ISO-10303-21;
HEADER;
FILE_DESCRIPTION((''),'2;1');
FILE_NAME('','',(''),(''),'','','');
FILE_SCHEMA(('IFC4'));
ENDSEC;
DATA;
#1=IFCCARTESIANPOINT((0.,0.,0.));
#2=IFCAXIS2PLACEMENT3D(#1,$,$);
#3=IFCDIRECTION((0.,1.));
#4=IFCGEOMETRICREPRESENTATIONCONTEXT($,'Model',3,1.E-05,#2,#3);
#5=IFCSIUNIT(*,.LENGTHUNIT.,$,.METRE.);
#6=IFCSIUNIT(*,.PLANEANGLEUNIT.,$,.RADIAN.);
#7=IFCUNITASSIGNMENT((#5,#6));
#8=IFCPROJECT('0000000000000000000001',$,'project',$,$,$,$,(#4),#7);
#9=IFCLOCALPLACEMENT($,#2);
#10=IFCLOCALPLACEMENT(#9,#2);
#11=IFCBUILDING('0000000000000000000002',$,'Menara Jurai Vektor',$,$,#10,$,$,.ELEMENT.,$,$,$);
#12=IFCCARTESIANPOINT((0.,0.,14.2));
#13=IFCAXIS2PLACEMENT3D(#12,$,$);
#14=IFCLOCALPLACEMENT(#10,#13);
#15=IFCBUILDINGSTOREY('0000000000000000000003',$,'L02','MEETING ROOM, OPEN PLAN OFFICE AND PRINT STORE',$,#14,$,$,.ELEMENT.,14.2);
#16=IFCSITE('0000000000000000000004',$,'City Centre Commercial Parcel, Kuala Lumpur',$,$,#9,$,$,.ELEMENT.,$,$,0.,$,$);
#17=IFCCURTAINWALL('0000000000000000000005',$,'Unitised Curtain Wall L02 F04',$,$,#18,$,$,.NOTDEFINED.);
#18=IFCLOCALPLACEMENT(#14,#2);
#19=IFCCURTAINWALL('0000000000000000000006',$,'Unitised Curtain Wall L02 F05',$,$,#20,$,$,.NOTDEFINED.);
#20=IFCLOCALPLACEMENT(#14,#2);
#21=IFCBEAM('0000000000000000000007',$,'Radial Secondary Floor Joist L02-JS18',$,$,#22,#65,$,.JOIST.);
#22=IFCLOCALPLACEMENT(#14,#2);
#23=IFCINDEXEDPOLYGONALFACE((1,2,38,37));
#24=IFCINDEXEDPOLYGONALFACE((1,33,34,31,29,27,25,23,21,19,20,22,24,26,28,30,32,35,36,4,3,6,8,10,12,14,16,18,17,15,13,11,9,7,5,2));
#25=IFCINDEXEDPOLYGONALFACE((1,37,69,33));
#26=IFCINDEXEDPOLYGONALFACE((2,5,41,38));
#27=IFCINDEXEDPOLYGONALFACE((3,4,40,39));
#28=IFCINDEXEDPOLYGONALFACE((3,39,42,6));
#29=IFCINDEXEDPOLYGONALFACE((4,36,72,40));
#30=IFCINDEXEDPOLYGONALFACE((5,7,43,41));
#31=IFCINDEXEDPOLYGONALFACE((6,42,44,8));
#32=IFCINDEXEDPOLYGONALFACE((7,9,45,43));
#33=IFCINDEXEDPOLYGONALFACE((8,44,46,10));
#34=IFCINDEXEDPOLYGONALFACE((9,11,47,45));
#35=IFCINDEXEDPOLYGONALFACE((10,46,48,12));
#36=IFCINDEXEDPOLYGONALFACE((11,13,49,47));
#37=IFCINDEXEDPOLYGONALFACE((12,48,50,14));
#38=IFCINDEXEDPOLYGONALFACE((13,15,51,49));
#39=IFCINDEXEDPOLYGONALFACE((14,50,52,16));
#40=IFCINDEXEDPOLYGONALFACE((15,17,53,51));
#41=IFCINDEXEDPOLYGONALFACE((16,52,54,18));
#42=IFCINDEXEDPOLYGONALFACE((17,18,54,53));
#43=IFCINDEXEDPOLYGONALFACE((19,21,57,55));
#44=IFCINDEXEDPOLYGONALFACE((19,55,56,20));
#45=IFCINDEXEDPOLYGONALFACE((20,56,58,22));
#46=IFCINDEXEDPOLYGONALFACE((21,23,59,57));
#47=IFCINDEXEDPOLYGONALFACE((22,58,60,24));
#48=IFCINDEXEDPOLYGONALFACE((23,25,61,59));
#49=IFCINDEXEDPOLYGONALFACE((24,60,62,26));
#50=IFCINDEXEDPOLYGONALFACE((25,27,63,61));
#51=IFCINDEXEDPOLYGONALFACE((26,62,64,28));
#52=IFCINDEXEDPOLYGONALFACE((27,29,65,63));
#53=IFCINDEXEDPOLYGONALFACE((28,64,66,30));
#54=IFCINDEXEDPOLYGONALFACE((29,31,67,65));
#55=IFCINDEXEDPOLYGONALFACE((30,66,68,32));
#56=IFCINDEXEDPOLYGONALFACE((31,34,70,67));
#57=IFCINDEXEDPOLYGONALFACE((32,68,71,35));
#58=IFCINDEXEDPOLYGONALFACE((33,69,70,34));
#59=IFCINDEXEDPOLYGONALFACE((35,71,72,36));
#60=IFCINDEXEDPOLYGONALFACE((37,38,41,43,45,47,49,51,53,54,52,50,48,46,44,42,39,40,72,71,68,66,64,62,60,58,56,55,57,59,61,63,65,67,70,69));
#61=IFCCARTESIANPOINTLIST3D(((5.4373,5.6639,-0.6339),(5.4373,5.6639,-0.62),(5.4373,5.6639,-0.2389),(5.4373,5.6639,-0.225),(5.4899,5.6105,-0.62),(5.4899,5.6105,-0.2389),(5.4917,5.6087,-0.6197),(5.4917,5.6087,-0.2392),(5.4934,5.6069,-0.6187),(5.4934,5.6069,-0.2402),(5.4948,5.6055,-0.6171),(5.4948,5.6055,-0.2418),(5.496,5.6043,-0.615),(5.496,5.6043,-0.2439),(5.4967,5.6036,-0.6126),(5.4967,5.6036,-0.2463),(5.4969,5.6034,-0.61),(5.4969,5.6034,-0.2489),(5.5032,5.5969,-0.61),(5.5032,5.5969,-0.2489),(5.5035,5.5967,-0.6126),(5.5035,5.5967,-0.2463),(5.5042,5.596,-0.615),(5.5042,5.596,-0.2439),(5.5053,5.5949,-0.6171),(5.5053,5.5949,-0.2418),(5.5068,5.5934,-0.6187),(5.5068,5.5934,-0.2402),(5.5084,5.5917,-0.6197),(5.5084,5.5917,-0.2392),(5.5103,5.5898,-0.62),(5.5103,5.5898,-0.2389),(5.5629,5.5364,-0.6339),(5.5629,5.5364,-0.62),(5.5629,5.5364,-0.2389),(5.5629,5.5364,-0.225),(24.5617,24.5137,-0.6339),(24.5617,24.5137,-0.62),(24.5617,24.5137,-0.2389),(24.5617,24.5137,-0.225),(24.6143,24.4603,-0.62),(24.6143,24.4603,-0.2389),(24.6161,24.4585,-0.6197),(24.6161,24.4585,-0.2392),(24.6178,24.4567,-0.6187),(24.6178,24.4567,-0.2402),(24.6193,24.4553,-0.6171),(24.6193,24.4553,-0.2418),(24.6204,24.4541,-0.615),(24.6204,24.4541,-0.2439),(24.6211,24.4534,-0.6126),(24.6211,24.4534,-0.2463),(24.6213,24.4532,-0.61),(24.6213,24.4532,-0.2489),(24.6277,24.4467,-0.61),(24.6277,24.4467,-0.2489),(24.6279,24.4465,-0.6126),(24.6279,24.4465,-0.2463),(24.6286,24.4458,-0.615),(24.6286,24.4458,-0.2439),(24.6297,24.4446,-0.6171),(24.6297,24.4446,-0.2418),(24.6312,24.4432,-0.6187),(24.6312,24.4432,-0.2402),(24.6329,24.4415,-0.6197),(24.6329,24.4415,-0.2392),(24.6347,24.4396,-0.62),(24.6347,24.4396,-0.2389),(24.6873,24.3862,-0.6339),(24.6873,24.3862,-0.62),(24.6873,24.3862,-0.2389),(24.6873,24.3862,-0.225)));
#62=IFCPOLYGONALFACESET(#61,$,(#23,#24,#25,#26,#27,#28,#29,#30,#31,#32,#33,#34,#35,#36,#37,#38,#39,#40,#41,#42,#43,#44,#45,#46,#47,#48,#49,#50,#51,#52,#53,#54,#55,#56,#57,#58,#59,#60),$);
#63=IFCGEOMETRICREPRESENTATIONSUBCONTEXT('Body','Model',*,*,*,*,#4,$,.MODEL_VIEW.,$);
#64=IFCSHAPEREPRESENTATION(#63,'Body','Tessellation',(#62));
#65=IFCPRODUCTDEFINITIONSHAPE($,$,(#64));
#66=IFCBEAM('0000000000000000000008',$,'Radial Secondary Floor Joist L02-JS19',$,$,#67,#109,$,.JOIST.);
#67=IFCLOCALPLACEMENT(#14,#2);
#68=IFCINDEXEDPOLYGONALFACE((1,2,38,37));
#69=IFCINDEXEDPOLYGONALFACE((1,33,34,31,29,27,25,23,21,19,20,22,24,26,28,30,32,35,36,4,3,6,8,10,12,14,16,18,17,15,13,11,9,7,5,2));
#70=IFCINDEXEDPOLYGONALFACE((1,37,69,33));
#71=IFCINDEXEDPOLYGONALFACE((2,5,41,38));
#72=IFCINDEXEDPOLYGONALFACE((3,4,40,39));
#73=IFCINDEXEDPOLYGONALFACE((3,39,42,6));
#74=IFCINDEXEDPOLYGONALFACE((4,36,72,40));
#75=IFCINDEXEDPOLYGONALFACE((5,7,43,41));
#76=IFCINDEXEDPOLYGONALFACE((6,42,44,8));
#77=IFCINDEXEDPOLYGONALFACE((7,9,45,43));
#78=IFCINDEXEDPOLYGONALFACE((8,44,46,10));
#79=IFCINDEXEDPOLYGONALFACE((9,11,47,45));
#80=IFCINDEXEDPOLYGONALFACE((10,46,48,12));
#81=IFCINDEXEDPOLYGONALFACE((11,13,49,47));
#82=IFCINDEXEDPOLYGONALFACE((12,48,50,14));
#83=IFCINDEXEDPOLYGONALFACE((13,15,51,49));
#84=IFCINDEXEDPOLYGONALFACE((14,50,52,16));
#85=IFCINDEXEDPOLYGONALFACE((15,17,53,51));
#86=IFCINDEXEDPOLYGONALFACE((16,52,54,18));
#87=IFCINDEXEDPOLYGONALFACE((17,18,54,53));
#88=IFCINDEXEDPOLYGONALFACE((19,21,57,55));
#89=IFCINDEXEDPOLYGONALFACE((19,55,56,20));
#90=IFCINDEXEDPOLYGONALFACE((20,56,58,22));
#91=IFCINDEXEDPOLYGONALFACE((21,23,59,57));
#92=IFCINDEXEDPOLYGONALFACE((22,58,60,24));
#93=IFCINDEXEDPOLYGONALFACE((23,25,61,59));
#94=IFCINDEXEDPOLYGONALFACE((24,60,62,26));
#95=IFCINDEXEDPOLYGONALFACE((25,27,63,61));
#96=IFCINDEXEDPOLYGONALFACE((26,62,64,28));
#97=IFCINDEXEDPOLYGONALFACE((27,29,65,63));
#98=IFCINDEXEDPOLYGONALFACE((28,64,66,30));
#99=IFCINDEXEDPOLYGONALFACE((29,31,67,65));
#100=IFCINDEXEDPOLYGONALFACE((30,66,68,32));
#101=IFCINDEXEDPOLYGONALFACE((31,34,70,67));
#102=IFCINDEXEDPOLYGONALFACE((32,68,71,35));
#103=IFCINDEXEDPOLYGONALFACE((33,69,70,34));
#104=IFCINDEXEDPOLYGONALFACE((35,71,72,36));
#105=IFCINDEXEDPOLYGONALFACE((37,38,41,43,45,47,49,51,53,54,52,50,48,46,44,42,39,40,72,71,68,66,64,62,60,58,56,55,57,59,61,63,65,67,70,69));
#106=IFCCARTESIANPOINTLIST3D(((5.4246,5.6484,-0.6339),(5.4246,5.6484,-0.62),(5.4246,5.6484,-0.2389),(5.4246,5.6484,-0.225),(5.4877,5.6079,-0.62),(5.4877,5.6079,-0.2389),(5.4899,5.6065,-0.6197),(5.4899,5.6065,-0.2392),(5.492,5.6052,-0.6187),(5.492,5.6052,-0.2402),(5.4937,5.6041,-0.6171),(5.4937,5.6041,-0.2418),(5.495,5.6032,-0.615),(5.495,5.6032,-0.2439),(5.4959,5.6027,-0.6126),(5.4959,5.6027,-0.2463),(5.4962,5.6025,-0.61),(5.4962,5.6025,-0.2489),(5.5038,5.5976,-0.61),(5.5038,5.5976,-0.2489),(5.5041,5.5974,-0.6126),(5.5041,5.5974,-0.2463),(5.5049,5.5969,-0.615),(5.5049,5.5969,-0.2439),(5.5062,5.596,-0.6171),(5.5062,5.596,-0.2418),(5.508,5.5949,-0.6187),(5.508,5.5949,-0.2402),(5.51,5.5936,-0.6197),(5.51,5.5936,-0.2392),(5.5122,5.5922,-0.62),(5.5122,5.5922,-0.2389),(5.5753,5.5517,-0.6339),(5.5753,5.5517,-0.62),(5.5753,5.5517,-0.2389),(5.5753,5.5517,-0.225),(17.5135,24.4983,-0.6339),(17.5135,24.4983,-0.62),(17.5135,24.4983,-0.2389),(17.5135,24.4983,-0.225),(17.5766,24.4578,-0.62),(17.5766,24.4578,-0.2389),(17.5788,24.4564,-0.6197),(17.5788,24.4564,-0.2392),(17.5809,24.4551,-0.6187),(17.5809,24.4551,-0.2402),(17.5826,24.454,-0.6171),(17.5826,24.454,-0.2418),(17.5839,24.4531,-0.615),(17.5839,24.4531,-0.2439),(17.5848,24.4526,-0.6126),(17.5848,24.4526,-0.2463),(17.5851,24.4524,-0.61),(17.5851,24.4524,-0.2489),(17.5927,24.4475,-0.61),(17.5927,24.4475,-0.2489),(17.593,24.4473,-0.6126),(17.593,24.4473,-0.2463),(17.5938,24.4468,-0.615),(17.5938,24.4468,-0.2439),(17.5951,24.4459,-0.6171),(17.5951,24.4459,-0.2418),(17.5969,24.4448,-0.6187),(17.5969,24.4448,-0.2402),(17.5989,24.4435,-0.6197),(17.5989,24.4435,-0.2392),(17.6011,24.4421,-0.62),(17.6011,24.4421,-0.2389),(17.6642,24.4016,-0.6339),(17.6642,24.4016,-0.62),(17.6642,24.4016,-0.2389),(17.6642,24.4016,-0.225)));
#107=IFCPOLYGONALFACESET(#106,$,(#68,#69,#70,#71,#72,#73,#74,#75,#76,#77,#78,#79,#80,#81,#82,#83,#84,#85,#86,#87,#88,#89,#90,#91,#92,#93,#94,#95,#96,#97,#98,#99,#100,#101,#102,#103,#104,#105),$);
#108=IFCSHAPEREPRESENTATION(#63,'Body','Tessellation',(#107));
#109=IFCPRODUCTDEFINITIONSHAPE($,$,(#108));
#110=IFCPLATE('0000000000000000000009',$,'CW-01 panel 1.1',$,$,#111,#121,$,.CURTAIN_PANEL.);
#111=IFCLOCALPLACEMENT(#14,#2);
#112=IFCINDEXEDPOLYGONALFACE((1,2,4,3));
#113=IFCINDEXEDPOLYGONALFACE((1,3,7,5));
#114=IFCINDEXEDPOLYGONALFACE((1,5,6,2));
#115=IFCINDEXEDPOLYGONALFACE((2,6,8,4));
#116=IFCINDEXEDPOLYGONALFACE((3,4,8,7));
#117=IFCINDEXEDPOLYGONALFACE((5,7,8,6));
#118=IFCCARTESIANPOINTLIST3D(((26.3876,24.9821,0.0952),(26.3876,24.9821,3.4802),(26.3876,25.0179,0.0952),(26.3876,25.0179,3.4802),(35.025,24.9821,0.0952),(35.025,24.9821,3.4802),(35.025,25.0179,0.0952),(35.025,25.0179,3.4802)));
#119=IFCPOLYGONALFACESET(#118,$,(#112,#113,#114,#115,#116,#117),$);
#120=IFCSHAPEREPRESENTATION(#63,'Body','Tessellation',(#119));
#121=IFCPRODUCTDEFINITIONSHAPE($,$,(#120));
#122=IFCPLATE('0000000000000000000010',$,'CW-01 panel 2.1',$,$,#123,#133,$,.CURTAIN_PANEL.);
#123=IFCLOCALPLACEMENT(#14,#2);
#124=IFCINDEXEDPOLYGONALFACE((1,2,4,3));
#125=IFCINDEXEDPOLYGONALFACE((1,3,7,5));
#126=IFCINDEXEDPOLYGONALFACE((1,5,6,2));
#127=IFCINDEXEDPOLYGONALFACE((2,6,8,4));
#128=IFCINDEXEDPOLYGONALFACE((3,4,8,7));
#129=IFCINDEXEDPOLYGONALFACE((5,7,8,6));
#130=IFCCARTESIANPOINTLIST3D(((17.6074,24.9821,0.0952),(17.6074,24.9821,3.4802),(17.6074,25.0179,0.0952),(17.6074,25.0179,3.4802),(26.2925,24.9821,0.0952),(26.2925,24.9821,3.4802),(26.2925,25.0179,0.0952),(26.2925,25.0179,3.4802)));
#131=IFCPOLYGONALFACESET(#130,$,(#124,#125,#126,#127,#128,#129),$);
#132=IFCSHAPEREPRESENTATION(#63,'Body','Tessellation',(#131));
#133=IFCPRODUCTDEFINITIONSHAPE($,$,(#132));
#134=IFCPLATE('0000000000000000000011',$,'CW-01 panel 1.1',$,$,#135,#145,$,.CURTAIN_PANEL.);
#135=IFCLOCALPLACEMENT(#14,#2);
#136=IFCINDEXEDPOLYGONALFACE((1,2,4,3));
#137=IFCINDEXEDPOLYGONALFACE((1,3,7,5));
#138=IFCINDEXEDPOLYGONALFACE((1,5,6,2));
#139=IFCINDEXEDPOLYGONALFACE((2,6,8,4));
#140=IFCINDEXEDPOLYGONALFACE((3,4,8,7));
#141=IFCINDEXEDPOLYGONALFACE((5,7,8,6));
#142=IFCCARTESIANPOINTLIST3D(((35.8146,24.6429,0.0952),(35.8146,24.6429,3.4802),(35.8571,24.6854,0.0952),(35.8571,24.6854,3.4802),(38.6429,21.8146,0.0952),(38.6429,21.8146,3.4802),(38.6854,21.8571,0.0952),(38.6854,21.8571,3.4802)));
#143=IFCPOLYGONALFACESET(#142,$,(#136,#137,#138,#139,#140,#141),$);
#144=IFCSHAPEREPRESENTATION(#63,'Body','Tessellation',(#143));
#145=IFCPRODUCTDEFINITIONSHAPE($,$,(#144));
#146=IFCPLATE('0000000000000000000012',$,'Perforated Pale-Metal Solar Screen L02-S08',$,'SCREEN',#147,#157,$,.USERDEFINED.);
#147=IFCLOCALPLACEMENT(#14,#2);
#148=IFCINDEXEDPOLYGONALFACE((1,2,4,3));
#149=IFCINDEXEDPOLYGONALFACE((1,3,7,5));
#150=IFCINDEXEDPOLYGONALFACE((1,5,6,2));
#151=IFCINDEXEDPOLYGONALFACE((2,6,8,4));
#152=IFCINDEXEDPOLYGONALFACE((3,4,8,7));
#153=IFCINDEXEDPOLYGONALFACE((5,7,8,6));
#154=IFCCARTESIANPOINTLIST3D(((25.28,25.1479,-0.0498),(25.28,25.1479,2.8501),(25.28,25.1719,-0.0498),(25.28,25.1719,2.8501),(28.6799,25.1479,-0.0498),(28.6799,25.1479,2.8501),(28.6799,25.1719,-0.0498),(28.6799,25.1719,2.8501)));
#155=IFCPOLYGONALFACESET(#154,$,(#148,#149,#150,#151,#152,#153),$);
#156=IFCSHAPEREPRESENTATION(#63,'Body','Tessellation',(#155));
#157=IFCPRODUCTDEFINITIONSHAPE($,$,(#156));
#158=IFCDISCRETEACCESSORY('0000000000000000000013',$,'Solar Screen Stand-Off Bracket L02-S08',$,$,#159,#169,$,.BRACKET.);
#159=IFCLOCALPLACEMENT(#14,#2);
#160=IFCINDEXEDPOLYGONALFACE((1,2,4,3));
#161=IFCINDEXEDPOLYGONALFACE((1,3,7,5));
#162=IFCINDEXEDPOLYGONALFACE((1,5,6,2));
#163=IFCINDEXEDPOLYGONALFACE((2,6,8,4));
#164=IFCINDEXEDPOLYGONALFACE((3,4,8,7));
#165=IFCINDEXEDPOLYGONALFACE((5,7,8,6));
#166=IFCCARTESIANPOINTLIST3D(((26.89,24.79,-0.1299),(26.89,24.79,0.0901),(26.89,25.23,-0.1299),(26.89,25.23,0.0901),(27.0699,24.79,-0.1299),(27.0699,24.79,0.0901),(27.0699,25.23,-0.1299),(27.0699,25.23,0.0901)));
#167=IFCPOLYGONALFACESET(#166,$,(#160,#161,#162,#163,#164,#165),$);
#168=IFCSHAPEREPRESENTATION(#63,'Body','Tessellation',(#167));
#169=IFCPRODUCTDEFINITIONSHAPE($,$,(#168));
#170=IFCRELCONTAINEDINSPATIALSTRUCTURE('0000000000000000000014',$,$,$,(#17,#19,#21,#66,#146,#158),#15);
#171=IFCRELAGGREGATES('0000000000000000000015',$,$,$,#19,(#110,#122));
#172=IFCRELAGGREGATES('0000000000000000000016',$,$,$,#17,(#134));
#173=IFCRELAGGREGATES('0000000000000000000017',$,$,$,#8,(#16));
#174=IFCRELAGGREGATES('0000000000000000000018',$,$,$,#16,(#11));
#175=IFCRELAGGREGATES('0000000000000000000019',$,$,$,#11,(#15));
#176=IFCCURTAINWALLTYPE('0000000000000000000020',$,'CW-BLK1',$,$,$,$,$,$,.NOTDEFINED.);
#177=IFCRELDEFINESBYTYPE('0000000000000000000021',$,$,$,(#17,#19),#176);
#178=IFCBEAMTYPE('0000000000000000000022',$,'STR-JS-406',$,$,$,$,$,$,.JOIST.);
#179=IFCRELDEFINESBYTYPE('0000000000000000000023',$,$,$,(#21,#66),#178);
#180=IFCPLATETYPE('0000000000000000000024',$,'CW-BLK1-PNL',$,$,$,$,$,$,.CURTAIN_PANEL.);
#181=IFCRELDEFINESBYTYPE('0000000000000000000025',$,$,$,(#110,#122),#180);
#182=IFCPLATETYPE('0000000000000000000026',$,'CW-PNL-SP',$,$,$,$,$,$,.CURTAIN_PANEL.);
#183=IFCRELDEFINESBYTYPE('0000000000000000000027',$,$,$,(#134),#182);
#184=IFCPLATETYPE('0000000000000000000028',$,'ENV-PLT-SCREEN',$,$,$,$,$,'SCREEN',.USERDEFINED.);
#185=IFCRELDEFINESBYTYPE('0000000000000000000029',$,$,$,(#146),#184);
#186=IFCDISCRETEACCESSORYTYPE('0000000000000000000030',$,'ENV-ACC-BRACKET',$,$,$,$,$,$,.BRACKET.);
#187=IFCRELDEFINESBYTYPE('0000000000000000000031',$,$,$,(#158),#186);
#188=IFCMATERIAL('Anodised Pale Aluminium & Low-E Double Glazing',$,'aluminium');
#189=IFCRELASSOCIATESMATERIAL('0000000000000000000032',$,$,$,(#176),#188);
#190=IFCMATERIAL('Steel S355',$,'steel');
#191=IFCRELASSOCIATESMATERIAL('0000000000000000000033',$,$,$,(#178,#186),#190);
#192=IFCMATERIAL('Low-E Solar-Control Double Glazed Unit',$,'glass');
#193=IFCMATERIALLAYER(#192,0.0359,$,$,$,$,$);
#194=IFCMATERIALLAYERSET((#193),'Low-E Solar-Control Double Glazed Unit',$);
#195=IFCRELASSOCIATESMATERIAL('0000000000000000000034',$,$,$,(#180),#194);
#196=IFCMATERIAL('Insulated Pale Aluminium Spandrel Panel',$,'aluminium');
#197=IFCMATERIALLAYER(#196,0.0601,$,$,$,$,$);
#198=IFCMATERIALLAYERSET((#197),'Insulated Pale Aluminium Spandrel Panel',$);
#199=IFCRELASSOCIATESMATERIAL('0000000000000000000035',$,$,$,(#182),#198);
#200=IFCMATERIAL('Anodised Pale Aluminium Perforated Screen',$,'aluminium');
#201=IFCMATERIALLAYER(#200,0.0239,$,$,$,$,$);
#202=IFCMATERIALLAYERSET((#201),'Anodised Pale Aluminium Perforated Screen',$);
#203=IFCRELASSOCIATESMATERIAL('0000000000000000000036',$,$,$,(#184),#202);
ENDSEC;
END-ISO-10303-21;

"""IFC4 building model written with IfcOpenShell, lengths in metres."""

from ifc_helpers import new_model, si_unit, direction, frame, origin, origin_2d, place, context, subcontext, project, spatial, rectangle, i_section, extrude, material, layer, layer_set, material_profile, profile_set, type_object, element, aggregate, save


model = new_model("IFC4")

# Units and contexts
model_context = context("Model", 3, precision=1e-05, world=origin(), true_north=direction((0.0, 1.0)))
body_context = subcontext(model_context, "Body", "Model", "MODEL_VIEW")
ifc_project = project(units=[si_unit("LENGTHUNIT", "METRE"), si_unit("PLANEANGLEUNIT", "RADIAN")], contexts=[model_context])

# Site, building, storey
site_placement = place(None, origin())
site = spatial("IfcSite", under=ifc_project, at=site_placement, Name="City Centre Commercial Parcel, Kuala Lumpur", CompositionType="ELEMENT", RefElevation=0.0)
building_placement = place(site_placement, origin())
building = spatial("IfcBuilding", under=site, at=building_placement, Name="Menara Jurai Vektor", CompositionType="ELEMENT")
storey_placement = place(building_placement, frame((0.0, 0.0, 14.2)))
storey = spatial("IfcBuildingStorey", under=building, at=storey_placement, Name="L02", Description="MEETING ROOM, OPEN PLAN OFFICE AND PRINT STORE", CompositionType="ELEMENT", Elevation=14.2)

# Curtain wall
ifc_material_1 = material(Name="Anodised Pale Aluminium & Low-E Double Glazing", Category="aluminium")
curtain_wall_type = type_object("IfcCurtainWallType", Name="CW-BLK1", PredefinedType="NOTDEFINED", material=ifc_material_1)
curtain_wall_1_placement = place(storey_placement, origin())
curtain_wall_1 = element("IfcCurtainWall", 1, at=curtain_wall_1_placement, inside=storey, type_object=curtain_wall_type, Name="Unitised Curtain Wall L02 F04", PredefinedType="NOTDEFINED")

# Curtain wall
curtain_wall_2_placement = place(storey_placement, origin())
curtain_wall_2 = element("IfcCurtainWall", 2, at=curtain_wall_2_placement, inside=storey, type_object=curtain_wall_type, Name="Unitised Curtain Wall L02 F05", PredefinedType="NOTDEFINED")

# Beams
ifc_material_2 = material(Name="Steel S355", Category="steel")
ifc_material_profile_1 = material_profile(ifc_material_2, i_section(OverallWidth=0.179, OverallDepth=0.4089, WebThickness=0.009, FlangeThickness=0.0139, FilletRadius=0.01, at=origin_2d()), Name="UKB 406x178x67")
ifc_profile_set_1 = profile_set([ifc_material_profile_1], Name="Steel S355")
beam_type_1 = type_object("IfcBeamType", Name="STR-JS-406", PredefinedType="JOIST", material=ifc_profile_set_1)
beam_1_placement = place(storey_placement, frame((24.6245, 24.45, -0.4294), z_axis=(-0.712202, -0.701974, 0.0), x_axis=(0.701974, -0.712202, 0.0)))
element("IfcBeam", 3, at=beam_1_placement, inside=storey, type_object=beam_type_1, Name="Radial Secondary Floor Joist L02-JS18", PredefinedType="JOIST", context=body_context, shape_type="SweptSolid", body=[
    extrude(i_section(OverallWidth=0.179, OverallDepth=0.4089, WebThickness=0.009, FlangeThickness=0.0139, FilletRadius=0.01, at=origin_2d()), origin(), (0.0, 0.0, 1.0), 26.8525),
])
beam_2_placement = place(storey_placement, frame((17.5889, 24.45, -0.4294), z_axis=(-0.539844, -0.841765, 0.0), x_axis=(0.841765, -0.539844, 0.0)))
element("IfcBeam", 4, at=beam_2_placement, inside=storey, type_object=beam_type_1, Name="Radial Secondary Floor Joist L02-JS19", PredefinedType="JOIST", context=body_context, shape_type="SweptSolid", body=[
    extrude(i_section(OverallWidth=0.179, OverallDepth=0.4089, WebThickness=0.009, FlangeThickness=0.0139, FilletRadius=0.01, at=origin_2d()), origin(), (0.0, 0.0, 1.0), 22.3933),
])

# Plates
ifc_material_3 = material(Name="Low-E Solar-Control Double Glazed Unit", Category="glass")
ifc_layer_1 = layer(ifc_material_3, 0.0359)
ifc_layer_set_1 = layer_set([ifc_layer_1], Name="Low-E Solar-Control Double Glazed Unit")
plate_type_1 = type_object("IfcPlateType", Name="CW-BLK1-PNL", PredefinedType="CURTAIN_PANEL", material=ifc_layer_set_1)
plate_1_placement = place(storey_placement, frame((30.7063, 25.0, 0.0952), z_axis=(0.0, 0.0, 1.0), x_axis=(-1.0, 0.0, 0.0)))
plate_1 = element("IfcPlate", 5, at=plate_1_placement, type_object=plate_type_1, Name="CW-01 panel 1.1", PredefinedType="CURTAIN_PANEL", context=body_context, shape_type="SweptSolid", body=[
    extrude(rectangle(XDim=8.6375, YDim=0.0359, at=origin_2d()), origin(), (0.0, 0.0, 1.0), 3.385),
])
plate_2_placement = place(storey_placement, frame((21.95, 25.0, 0.0952), z_axis=(0.0, 0.0, 1.0), x_axis=(-1.0, 0.0, 0.0)))
plate_2 = element("IfcPlate", 6, at=plate_2_placement, type_object=plate_type_1, Name="CW-01 panel 2.1", PredefinedType="CURTAIN_PANEL", context=body_context, shape_type="SweptSolid", body=[
    extrude(rectangle(XDim=8.6851, YDim=0.0359, at=origin_2d()), origin(), (0.0, 0.0, 1.0), 3.385),
])
aggregate(curtain_wall_2, [plate_1, plate_2])
ifc_material_4 = material(Name="Insulated Pale Aluminium Spandrel Panel", Category="aluminium")
ifc_layer_2 = layer(ifc_material_4, 0.0601)
ifc_layer_set_2 = layer_set([ifc_layer_2], Name="Insulated Pale Aluminium Spandrel Panel")
plate_type_2 = type_object("IfcPlateType", Name="CW-PNL-SP", PredefinedType="CURTAIN_PANEL", material=ifc_layer_set_2)
plate_3_placement = place(storey_placement, frame((37.25, 23.25, 0.0952), z_axis=(0.0, 0.0, 1.0), x_axis=(-0.707107, 0.707107, 0.0)))
plate_3 = element("IfcPlate", 7, at=plate_3_placement, type_object=plate_type_2, Name="CW-01 panel 1.1", PredefinedType="CURTAIN_PANEL", context=body_context, shape_type="SweptSolid", body=[
    extrude(rectangle(XDim=3.9998, YDim=0.0601, at=origin_2d()), origin(), (0.0, 0.0, 1.0), 3.385),
])
aggregate(curtain_wall_1, [plate_3])
ifc_material_5 = material(Name="Anodised Pale Aluminium Perforated Screen", Category="aluminium")
ifc_layer_3 = layer(ifc_material_5, 0.0239)
ifc_layer_set_3 = layer_set([ifc_layer_3], Name="Anodised Pale Aluminium Perforated Screen")
plate_type_3 = type_object("IfcPlateType", Name="ENV-PLT-SCREEN", ElementType="SCREEN", PredefinedType="USERDEFINED", material=ifc_layer_set_3)
plate_4_placement = place(storey_placement, frame((26.98, 25.1599, -0.0498), z_axis=(0.0, 0.0, 1.0), x_axis=(-1.0, 0.0, 0.0)))
element("IfcPlate", 8, at=plate_4_placement, inside=storey, type_object=plate_type_3, Name="Perforated Pale-Metal Solar Screen L02-S08", ObjectType="SCREEN", PredefinedType="USERDEFINED", context=body_context, shape_type="SweptSolid", body=[
    extrude(rectangle(XDim=3.3999, YDim=0.0239, at=origin_2d()), origin(), (0.0, 0.0, 1.0), 2.8999),
])

# Discrete accessory
discrete_accessory_type = type_object("IfcDiscreteAccessoryType", Name="ENV-ACC-BRACKET", PredefinedType="BRACKET", material=ifc_material_2)
discrete_accessory_placement = place(storey_placement, frame((26.98, 25.01, -0.1299), z_axis=(0.0, 0.0, 1.0), x_axis=(-1.0, 0.0, 0.0)))
element("IfcDiscreteAccessory", 9, at=discrete_accessory_placement, inside=storey, type_object=discrete_accessory_type, Name="Solar Screen Stand-Off Bracket L02-S08", PredefinedType="BRACKET", context=body_context, shape_type="SweptSolid", body=[
    extrude(rectangle(XDim=0.1799, YDim=0.4399, at=origin_2d()), origin(), (0.0, 0.0, 1.0), 0.22),
])

save(model, "model.ifc")
